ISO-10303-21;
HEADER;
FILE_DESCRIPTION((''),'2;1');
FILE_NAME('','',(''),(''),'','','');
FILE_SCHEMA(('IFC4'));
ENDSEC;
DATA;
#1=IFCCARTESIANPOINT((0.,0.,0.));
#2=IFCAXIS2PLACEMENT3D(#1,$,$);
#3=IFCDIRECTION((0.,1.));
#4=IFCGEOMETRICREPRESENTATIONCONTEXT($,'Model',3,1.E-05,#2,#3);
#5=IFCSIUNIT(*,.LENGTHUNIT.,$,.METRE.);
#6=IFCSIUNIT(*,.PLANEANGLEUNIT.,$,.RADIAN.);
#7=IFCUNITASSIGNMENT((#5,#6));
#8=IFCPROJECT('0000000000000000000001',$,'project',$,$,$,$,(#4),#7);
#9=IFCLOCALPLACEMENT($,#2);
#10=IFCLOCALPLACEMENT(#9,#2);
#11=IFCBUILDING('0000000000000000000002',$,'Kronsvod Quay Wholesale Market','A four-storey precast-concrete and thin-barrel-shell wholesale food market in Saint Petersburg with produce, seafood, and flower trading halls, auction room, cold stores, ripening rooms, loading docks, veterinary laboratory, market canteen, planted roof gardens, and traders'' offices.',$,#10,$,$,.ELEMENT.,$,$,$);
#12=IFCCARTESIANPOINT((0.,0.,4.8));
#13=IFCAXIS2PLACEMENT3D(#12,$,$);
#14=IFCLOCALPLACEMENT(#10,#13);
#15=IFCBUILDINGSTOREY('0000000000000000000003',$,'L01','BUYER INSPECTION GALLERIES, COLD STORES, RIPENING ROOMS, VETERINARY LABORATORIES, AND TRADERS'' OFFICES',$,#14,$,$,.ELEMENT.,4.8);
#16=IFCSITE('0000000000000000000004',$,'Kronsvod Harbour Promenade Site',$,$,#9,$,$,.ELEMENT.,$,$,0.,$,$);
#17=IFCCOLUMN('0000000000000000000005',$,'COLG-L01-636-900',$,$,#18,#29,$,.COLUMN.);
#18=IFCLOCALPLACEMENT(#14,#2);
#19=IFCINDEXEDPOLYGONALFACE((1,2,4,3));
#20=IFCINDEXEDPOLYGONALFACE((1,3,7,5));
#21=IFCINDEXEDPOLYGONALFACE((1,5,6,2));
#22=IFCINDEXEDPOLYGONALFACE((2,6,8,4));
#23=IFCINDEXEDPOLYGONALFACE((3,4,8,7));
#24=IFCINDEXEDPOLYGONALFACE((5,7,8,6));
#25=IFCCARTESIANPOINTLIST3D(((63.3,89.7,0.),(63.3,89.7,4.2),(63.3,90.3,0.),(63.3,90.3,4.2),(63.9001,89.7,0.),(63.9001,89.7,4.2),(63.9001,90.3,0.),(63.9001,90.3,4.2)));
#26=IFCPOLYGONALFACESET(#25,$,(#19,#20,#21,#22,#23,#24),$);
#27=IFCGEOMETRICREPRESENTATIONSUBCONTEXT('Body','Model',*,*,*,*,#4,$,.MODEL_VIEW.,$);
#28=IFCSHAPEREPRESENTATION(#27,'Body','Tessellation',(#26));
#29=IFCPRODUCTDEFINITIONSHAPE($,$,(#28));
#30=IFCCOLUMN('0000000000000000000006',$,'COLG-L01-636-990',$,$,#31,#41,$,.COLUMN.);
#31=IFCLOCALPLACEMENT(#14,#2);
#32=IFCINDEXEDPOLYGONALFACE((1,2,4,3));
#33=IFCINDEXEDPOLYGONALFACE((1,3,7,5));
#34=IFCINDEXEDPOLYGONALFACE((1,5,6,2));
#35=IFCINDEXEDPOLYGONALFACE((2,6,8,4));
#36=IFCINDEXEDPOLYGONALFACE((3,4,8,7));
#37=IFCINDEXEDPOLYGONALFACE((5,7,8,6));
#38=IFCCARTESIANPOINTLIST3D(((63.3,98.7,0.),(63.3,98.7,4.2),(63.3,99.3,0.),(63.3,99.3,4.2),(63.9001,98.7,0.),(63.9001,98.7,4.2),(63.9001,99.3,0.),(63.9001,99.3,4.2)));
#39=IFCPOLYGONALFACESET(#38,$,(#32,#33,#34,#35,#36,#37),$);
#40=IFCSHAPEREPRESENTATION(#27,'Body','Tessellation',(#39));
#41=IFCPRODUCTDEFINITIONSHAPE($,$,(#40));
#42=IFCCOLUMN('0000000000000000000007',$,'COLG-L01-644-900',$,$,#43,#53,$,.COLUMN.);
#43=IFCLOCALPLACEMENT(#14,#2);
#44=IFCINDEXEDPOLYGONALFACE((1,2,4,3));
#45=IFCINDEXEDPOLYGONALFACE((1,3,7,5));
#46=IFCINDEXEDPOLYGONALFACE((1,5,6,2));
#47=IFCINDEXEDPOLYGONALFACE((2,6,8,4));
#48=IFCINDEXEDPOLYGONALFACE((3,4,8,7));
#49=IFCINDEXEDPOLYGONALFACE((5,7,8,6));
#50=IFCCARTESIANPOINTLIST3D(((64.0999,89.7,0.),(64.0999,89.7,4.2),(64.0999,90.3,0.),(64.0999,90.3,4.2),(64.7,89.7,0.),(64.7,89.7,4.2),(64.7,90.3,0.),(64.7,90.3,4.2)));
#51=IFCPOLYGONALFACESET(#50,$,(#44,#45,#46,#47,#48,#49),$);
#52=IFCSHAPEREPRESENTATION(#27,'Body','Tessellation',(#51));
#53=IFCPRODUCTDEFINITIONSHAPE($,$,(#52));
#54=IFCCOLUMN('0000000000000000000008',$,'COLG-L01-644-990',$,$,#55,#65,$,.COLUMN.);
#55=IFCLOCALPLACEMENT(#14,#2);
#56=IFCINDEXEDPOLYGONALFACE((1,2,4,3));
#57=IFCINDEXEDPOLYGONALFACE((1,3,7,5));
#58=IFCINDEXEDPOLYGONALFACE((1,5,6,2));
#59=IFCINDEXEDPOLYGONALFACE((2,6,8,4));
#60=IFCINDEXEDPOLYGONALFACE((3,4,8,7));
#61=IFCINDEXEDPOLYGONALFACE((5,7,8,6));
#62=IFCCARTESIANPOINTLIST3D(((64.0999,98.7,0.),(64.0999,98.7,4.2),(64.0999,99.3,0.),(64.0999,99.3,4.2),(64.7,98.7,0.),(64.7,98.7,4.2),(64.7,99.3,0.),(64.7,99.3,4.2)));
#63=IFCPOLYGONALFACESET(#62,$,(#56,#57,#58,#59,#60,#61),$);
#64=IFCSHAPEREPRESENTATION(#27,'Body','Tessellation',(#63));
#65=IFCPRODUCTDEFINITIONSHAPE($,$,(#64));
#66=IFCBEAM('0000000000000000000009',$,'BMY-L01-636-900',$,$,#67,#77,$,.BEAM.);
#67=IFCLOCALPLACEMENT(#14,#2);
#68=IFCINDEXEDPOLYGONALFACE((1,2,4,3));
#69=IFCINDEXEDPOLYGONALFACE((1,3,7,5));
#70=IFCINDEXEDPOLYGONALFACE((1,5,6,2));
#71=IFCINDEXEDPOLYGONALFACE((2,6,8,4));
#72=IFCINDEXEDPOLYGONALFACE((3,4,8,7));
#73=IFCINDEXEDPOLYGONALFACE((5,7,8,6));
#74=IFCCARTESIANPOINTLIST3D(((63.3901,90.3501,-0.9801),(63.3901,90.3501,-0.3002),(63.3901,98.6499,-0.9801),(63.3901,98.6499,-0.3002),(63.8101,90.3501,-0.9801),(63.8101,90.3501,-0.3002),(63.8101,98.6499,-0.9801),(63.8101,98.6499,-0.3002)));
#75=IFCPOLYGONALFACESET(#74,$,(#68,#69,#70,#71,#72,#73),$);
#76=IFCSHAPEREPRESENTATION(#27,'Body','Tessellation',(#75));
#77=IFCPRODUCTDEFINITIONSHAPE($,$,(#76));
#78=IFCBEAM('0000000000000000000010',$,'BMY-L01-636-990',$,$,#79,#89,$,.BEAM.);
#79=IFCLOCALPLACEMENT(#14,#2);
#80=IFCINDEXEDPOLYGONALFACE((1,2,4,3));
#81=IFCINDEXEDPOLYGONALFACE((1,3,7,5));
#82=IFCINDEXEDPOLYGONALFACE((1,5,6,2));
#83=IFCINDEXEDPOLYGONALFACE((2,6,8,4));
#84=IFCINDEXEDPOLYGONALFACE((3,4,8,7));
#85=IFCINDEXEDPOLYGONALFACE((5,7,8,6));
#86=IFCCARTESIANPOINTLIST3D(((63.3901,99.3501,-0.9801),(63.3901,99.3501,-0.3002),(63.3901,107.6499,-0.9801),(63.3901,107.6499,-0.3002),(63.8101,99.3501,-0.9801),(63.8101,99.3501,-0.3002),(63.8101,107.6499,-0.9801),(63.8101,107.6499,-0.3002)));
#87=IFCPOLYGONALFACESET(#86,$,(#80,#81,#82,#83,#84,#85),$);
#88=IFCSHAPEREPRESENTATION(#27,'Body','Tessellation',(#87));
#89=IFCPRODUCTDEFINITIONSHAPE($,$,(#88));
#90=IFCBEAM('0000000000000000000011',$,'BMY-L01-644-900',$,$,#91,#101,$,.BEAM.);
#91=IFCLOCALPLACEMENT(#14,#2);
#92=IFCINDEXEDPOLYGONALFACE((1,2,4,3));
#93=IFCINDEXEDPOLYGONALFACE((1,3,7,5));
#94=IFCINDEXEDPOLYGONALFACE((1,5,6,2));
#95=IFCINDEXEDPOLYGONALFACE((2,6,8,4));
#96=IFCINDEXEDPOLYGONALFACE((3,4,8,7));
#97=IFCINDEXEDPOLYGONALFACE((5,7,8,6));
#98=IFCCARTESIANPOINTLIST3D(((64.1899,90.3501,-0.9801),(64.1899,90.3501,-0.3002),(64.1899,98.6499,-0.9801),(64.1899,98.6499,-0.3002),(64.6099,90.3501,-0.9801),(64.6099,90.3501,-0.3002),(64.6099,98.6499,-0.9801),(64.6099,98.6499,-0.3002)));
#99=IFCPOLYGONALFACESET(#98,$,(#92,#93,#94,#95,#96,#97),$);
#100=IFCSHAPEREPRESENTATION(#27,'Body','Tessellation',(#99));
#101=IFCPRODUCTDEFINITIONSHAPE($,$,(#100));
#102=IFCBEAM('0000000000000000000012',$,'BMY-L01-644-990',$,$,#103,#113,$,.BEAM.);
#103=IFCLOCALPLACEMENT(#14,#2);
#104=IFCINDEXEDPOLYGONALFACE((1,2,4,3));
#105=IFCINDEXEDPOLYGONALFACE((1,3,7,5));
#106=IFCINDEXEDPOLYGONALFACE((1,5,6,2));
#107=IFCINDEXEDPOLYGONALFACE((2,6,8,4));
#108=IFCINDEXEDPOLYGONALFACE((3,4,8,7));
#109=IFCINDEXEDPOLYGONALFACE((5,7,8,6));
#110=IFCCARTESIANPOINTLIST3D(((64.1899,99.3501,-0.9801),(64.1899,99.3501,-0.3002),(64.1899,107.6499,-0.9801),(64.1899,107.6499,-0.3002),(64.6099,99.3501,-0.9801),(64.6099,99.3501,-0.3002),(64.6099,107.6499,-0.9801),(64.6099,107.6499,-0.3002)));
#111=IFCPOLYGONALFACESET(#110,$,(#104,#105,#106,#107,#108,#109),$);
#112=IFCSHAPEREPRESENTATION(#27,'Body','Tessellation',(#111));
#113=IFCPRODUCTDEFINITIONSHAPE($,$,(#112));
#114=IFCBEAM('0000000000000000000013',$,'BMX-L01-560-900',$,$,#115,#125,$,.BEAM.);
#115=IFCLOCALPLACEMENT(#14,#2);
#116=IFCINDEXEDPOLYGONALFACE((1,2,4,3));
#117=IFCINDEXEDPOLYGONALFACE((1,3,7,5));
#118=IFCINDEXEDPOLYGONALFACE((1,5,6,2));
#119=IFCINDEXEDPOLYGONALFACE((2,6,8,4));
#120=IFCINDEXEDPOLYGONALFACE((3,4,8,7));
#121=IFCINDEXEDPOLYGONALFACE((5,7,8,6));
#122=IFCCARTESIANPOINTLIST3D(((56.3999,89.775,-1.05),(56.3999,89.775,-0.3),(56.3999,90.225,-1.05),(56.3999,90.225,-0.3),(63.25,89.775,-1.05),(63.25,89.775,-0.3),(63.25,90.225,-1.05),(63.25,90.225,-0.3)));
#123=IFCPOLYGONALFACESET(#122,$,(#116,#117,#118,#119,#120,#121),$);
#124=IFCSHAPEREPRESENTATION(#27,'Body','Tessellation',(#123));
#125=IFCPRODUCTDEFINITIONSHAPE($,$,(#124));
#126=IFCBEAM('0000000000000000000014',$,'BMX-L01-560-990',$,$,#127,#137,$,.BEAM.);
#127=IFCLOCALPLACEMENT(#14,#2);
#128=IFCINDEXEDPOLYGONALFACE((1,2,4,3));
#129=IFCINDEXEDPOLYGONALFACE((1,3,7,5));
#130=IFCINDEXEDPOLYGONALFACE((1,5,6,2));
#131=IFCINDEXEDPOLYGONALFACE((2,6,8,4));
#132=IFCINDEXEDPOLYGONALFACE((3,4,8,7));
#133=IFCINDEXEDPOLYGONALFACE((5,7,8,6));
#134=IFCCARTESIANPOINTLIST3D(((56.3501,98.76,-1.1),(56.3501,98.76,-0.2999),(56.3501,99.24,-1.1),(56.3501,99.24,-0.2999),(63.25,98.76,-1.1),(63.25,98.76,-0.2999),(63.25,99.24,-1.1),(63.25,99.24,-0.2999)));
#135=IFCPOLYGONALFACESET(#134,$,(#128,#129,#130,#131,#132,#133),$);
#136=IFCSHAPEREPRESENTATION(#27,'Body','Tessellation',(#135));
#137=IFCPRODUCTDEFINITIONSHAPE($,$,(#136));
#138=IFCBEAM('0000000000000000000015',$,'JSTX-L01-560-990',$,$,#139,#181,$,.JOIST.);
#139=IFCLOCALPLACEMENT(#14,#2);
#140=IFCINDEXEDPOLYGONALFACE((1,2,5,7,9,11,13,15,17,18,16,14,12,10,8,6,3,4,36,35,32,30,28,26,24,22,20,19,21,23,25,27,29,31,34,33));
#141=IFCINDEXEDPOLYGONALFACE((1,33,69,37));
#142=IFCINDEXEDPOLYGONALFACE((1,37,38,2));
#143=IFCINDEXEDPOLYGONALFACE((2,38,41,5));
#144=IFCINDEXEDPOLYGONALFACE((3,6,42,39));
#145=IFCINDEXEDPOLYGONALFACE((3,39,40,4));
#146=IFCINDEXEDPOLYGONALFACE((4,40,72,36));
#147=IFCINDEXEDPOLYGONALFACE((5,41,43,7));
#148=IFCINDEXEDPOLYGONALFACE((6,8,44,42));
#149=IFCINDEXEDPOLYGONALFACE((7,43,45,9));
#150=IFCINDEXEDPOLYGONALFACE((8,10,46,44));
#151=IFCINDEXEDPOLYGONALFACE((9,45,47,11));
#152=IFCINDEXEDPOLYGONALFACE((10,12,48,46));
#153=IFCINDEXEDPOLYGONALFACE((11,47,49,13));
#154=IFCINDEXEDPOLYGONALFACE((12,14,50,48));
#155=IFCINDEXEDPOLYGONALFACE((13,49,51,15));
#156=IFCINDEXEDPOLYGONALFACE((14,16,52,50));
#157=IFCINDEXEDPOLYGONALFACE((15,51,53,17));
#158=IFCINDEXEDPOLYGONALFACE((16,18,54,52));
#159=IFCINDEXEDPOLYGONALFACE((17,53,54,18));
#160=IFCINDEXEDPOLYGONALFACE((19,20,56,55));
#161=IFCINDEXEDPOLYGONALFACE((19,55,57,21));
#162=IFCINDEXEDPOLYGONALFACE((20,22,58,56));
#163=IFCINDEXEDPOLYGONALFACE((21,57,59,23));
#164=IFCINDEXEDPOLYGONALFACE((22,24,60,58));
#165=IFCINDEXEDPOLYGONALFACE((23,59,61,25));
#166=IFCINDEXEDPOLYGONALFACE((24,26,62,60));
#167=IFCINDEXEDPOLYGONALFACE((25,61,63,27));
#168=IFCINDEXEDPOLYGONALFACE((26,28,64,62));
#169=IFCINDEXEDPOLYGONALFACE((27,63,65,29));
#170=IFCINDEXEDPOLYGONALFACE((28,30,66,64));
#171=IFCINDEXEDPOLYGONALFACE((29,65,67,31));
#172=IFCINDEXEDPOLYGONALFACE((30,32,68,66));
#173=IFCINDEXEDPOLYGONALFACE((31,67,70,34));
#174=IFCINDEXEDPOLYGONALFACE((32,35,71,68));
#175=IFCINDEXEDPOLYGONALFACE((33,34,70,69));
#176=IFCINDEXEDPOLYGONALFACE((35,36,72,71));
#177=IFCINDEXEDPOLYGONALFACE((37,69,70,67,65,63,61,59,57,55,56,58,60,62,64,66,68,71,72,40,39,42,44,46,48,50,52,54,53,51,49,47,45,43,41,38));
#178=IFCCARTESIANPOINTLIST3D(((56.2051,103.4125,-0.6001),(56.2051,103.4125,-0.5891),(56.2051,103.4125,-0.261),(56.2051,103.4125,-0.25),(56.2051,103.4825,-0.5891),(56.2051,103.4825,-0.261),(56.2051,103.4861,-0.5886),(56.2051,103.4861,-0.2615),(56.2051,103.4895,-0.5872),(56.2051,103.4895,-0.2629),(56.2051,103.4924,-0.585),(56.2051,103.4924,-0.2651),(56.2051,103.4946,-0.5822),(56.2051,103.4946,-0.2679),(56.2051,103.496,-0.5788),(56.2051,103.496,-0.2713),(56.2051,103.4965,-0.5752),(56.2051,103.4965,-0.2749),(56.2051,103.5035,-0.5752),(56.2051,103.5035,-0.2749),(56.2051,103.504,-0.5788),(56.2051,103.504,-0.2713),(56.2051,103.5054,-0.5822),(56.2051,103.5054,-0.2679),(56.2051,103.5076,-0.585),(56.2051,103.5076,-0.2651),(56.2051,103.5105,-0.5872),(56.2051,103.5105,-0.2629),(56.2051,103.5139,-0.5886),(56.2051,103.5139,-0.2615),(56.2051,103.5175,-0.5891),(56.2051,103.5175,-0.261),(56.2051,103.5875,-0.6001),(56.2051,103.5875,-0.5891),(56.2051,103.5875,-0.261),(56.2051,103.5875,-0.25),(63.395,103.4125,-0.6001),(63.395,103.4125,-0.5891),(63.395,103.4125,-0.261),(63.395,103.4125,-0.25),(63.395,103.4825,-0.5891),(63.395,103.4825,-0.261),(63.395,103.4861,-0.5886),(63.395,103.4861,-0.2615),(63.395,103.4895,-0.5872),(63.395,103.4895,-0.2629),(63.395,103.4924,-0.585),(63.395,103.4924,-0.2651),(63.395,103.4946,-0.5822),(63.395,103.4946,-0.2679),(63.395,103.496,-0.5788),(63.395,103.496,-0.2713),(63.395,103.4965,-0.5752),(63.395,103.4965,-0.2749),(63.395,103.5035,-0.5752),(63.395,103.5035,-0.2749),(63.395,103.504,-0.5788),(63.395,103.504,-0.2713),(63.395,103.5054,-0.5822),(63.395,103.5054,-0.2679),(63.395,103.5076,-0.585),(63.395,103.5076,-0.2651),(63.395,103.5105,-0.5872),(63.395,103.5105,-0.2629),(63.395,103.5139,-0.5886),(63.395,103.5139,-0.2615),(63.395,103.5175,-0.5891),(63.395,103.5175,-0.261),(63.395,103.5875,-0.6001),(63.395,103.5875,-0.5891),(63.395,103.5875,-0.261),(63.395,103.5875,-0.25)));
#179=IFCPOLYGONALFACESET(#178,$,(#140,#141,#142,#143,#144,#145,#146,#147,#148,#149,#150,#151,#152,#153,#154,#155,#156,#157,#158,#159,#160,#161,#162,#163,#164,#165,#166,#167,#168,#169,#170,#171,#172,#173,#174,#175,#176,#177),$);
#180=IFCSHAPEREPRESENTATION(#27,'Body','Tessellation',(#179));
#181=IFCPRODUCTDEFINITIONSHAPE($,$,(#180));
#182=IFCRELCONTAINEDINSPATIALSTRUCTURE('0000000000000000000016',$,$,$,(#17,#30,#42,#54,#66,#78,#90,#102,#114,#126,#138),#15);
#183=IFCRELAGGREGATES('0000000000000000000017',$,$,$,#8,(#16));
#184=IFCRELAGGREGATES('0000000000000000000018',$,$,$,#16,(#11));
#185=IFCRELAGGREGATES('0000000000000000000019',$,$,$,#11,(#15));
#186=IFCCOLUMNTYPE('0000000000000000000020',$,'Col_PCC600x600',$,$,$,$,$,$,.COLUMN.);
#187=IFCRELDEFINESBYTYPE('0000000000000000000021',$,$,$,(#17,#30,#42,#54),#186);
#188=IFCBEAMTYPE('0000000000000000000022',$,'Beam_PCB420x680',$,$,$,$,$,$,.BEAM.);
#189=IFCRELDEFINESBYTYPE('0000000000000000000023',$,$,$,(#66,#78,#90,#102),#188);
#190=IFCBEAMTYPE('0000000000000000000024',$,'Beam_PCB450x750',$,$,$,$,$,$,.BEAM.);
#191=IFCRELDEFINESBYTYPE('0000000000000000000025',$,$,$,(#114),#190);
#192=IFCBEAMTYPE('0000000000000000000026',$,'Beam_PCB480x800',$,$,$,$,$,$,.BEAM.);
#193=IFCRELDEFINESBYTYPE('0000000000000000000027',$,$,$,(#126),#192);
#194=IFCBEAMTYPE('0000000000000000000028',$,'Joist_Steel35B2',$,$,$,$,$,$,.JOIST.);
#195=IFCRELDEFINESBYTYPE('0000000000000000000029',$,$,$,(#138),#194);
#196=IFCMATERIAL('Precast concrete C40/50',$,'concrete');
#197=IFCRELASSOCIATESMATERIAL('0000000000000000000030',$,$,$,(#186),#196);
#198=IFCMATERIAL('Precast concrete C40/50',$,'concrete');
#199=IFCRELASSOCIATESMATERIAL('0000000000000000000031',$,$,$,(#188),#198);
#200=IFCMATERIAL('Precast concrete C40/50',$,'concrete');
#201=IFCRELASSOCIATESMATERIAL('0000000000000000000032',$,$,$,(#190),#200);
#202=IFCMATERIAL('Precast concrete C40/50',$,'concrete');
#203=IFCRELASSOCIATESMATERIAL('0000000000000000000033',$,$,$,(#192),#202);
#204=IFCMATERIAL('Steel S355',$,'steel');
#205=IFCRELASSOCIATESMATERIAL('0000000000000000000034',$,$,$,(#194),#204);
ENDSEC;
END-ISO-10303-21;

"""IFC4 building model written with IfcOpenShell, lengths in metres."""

from ifc_helpers import new_model, si_unit, direction, frame, origin, origin_2d, place, context, subcontext, project, spatial, rectangle, i_section, extrude, material, material_profile, profile_set, type_object, element, save


model = new_model("IFC4")

# Units and contexts
model_context = context("Model", 3, precision=1e-05, world=origin(), true_north=direction((0.0, 1.0)))
body_context = subcontext(model_context, "Body", "Model", "MODEL_VIEW")
ifc_project = project(units=[si_unit("LENGTHUNIT", "METRE"), si_unit("PLANEANGLEUNIT", "RADIAN")], contexts=[model_context])

# Site, building, storey
site_placement = place(None, origin())
site = spatial("IfcSite", under=ifc_project, at=site_placement, Name="Kronsvod Harbour Promenade Site", CompositionType="ELEMENT", RefElevation=0.0)
building_placement = place(site_placement, origin())
building = spatial("IfcBuilding", under=site, at=building_placement, Name="Kronsvod Quay Wholesale Market", Description="A four-storey precast-concrete and thin-barrel-shell wholesale food market in Saint Petersburg with produce, seafood, and flower trading halls, auction room, cold stores, ripening rooms, loading docks, veterinary laboratory, market canteen, planted roof gardens, and traders' offices.", CompositionType="ELEMENT")
storey_placement = place(building_placement, frame((0.0, 0.0, 4.8)))
storey = spatial("IfcBuildingStorey", under=building, at=storey_placement, Name="L01", Description="BUYER INSPECTION GALLERIES, COLD STORES, RIPENING ROOMS, VETERINARY LABORATORIES, AND TRADERS' OFFICES", CompositionType="ELEMENT", Elevation=4.8)

# Columns
ifc_material_1 = material(Name="Precast concrete C40/50", Category="concrete")
ifc_material_profile_1 = material_profile(ifc_material_1, rectangle(XDim=0.6001, YDim=0.6001, at=origin_2d()), Name="PCC600x600")
ifc_profile_set_1 = profile_set([ifc_material_profile_1], Name="Precast concrete C40/50")
column_type = type_object("IfcColumnType", Name="Col_PCC600x600", PredefinedType="COLUMN", material=ifc_profile_set_1)
for number, where, z_axis, x_axis, name in (
    (1, (63.6001, 90.0, 0.0), (0.0, 0.0, 1.0), (1.0, 0.0, 0.0), "COLG-L01-636-900"),
    (2, (63.6001, 99.0, 0.0), (0.0, 0.0, 1.0), (1.0, 0.0, 0.0), "COLG-L01-636-990"),
    (3, (64.3999, 90.0, 0.0), (0.0, 0.0, 1.0), (1.0, 0.0, 0.0), "COLG-L01-644-900"),
    (4, (64.3999, 99.0, 0.0), (0.0, 0.0, 1.0), (1.0, 0.0, 0.0), "COLG-L01-644-990"),
):
    element("IfcColumn", number, at=place(storey_placement, frame(where, z_axis=z_axis, x_axis=x_axis)), inside=storey, type_object=column_type, Name=name, PredefinedType="COLUMN", context=body_context, shape_type="SweptSolid", body=[
        extrude(rectangle(XDim=0.6001, YDim=0.6001, at=origin_2d()), origin(), (0.0, 0.0, 1.0), 4.2),
    ])

# Beams
ifc_material_2 = material(Name="Precast concrete C40/50", Category="concrete")
ifc_material_profile_2 = material_profile(ifc_material_2, rectangle(XDim=0.4199, YDim=0.6799, at=origin_2d()), Name="PB-05")
ifc_profile_set_2 = profile_set([ifc_material_profile_2], Name="Precast concrete C40/50")
beam_type_1 = type_object("IfcBeamType", Name="Beam_PCB420x680", PredefinedType="BEAM", material=ifc_profile_set_2)
for number, where, z_axis, x_axis, name in (
    (5, (63.6001, 90.3501, -0.6401), (0.0, 1.0, 0.0), (-1.0, 0.0, 0.0), "BMY-L01-636-900"),
    (6, (63.6001, 99.3501, -0.6401), (0.0, 1.0, 0.0), (-1.0, 0.0, 0.0), "BMY-L01-636-990"),
    (7, (64.3999, 90.3501, -0.6401), (0.0, 1.0, 0.0), (-1.0, 0.0, 0.0), "BMY-L01-644-900"),
    (8, (64.3999, 99.3501, -0.6401), (0.0, 1.0, 0.0), (-1.0, 0.0, 0.0), "BMY-L01-644-990"),
):
    element("IfcBeam", number, at=place(storey_placement, frame(where, z_axis=z_axis, x_axis=x_axis)), inside=storey, type_object=beam_type_1, Name=name, PredefinedType="BEAM", context=body_context, shape_type="SweptSolid", body=[
        extrude(rectangle(XDim=0.4199, YDim=0.6799, at=origin_2d()), origin(), (0.0, 0.0, 1.0), 8.2998),
    ])
ifc_material_3 = material(Name="Precast concrete C40/50", Category="concrete")
ifc_material_profile_3 = material_profile(ifc_material_3, rectangle(XDim=0.45, YDim=0.75, at=origin_2d()), Name="PCB450x750")
ifc_profile_set_3 = profile_set([ifc_material_profile_3], Name="Precast concrete C40/50")
beam_type_2 = type_object("IfcBeamType", Name="Beam_PCB450x750", PredefinedType="BEAM", material=ifc_profile_set_3)
beam_1_placement = place(storey_placement, frame((56.3999, 90.0, -0.675), z_axis=(1.0, 0.0, 0.0), x_axis=(0.0, 1.0, 0.0)))
element("IfcBeam", 9, at=beam_1_placement, inside=storey, type_object=beam_type_2, Name="BMX-L01-560-900", PredefinedType="BEAM", context=body_context, shape_type="SweptSolid", body=[
    extrude(rectangle(XDim=0.45, YDim=0.75, at=origin_2d()), origin(), (0.0, 0.0, 1.0), 6.8501),
])
ifc_material_4 = material(Name="Precast concrete C40/50", Category="concrete")
ifc_material_profile_4 = material_profile(ifc_material_4, rectangle(XDim=0.48, YDim=0.8, at=origin_2d()), Name="PB-04")
ifc_profile_set_4 = profile_set([ifc_material_profile_4], Name="Precast concrete C40/50")
beam_type_3 = type_object("IfcBeamType", Name="Beam_PCB480x800", PredefinedType="BEAM", material=ifc_profile_set_4)
beam_2_placement = place(storey_placement, frame((56.3501, 99.0, -0.7), z_axis=(1.0, 0.0, 0.0), x_axis=(0.0, 1.0, 0.0)))
element("IfcBeam", 10, at=beam_2_placement, inside=storey, type_object=beam_type_3, Name="BMX-L01-560-990", PredefinedType="BEAM", context=body_context, shape_type="SweptSolid", body=[
    extrude(rectangle(XDim=0.48, YDim=0.8, at=origin_2d()), origin(), (0.0, 0.0, 1.0), 6.8999),
])
ifc_material_5 = material(Name="Steel S355", Category="steel")
ifc_material_profile_5 = material_profile(ifc_material_5, i_section(OverallWidth=0.175, OverallDepth=0.3501, WebThickness=0.0071, FlangeThickness=0.011, FilletRadius=0.0139, at=origin_2d()), Name="35B2")
ifc_profile_set_5 = profile_set([ifc_material_profile_5], Name="Steel S355")
beam_type_4 = type_object("IfcBeamType", Name="Joist_Steel35B2", PredefinedType="JOIST", material=ifc_profile_set_5)
for number, where, z_axis, x_axis, name in (
    (11, (56.2051, 103.5, -0.425), (1.0, 0.0, 0.0), (0.0, 1.0, 0.0), "JSTX-L01-560-990"),
):
    element("IfcBeam", number, at=place(storey_placement, frame(where, z_axis=z_axis, x_axis=x_axis)), inside=storey, type_object=beam_type_4, Name=name, PredefinedType="JOIST", context=body_context, shape_type="SweptSolid", body=[
        extrude(i_section(OverallWidth=0.175, OverallDepth=0.3501, WebThickness=0.0071, FlangeThickness=0.011, FilletRadius=0.0139, at=origin_2d()), origin(), (0.0, 0.0, 1.0), 7.1899),
    ])

save(model, "model.ifc")
